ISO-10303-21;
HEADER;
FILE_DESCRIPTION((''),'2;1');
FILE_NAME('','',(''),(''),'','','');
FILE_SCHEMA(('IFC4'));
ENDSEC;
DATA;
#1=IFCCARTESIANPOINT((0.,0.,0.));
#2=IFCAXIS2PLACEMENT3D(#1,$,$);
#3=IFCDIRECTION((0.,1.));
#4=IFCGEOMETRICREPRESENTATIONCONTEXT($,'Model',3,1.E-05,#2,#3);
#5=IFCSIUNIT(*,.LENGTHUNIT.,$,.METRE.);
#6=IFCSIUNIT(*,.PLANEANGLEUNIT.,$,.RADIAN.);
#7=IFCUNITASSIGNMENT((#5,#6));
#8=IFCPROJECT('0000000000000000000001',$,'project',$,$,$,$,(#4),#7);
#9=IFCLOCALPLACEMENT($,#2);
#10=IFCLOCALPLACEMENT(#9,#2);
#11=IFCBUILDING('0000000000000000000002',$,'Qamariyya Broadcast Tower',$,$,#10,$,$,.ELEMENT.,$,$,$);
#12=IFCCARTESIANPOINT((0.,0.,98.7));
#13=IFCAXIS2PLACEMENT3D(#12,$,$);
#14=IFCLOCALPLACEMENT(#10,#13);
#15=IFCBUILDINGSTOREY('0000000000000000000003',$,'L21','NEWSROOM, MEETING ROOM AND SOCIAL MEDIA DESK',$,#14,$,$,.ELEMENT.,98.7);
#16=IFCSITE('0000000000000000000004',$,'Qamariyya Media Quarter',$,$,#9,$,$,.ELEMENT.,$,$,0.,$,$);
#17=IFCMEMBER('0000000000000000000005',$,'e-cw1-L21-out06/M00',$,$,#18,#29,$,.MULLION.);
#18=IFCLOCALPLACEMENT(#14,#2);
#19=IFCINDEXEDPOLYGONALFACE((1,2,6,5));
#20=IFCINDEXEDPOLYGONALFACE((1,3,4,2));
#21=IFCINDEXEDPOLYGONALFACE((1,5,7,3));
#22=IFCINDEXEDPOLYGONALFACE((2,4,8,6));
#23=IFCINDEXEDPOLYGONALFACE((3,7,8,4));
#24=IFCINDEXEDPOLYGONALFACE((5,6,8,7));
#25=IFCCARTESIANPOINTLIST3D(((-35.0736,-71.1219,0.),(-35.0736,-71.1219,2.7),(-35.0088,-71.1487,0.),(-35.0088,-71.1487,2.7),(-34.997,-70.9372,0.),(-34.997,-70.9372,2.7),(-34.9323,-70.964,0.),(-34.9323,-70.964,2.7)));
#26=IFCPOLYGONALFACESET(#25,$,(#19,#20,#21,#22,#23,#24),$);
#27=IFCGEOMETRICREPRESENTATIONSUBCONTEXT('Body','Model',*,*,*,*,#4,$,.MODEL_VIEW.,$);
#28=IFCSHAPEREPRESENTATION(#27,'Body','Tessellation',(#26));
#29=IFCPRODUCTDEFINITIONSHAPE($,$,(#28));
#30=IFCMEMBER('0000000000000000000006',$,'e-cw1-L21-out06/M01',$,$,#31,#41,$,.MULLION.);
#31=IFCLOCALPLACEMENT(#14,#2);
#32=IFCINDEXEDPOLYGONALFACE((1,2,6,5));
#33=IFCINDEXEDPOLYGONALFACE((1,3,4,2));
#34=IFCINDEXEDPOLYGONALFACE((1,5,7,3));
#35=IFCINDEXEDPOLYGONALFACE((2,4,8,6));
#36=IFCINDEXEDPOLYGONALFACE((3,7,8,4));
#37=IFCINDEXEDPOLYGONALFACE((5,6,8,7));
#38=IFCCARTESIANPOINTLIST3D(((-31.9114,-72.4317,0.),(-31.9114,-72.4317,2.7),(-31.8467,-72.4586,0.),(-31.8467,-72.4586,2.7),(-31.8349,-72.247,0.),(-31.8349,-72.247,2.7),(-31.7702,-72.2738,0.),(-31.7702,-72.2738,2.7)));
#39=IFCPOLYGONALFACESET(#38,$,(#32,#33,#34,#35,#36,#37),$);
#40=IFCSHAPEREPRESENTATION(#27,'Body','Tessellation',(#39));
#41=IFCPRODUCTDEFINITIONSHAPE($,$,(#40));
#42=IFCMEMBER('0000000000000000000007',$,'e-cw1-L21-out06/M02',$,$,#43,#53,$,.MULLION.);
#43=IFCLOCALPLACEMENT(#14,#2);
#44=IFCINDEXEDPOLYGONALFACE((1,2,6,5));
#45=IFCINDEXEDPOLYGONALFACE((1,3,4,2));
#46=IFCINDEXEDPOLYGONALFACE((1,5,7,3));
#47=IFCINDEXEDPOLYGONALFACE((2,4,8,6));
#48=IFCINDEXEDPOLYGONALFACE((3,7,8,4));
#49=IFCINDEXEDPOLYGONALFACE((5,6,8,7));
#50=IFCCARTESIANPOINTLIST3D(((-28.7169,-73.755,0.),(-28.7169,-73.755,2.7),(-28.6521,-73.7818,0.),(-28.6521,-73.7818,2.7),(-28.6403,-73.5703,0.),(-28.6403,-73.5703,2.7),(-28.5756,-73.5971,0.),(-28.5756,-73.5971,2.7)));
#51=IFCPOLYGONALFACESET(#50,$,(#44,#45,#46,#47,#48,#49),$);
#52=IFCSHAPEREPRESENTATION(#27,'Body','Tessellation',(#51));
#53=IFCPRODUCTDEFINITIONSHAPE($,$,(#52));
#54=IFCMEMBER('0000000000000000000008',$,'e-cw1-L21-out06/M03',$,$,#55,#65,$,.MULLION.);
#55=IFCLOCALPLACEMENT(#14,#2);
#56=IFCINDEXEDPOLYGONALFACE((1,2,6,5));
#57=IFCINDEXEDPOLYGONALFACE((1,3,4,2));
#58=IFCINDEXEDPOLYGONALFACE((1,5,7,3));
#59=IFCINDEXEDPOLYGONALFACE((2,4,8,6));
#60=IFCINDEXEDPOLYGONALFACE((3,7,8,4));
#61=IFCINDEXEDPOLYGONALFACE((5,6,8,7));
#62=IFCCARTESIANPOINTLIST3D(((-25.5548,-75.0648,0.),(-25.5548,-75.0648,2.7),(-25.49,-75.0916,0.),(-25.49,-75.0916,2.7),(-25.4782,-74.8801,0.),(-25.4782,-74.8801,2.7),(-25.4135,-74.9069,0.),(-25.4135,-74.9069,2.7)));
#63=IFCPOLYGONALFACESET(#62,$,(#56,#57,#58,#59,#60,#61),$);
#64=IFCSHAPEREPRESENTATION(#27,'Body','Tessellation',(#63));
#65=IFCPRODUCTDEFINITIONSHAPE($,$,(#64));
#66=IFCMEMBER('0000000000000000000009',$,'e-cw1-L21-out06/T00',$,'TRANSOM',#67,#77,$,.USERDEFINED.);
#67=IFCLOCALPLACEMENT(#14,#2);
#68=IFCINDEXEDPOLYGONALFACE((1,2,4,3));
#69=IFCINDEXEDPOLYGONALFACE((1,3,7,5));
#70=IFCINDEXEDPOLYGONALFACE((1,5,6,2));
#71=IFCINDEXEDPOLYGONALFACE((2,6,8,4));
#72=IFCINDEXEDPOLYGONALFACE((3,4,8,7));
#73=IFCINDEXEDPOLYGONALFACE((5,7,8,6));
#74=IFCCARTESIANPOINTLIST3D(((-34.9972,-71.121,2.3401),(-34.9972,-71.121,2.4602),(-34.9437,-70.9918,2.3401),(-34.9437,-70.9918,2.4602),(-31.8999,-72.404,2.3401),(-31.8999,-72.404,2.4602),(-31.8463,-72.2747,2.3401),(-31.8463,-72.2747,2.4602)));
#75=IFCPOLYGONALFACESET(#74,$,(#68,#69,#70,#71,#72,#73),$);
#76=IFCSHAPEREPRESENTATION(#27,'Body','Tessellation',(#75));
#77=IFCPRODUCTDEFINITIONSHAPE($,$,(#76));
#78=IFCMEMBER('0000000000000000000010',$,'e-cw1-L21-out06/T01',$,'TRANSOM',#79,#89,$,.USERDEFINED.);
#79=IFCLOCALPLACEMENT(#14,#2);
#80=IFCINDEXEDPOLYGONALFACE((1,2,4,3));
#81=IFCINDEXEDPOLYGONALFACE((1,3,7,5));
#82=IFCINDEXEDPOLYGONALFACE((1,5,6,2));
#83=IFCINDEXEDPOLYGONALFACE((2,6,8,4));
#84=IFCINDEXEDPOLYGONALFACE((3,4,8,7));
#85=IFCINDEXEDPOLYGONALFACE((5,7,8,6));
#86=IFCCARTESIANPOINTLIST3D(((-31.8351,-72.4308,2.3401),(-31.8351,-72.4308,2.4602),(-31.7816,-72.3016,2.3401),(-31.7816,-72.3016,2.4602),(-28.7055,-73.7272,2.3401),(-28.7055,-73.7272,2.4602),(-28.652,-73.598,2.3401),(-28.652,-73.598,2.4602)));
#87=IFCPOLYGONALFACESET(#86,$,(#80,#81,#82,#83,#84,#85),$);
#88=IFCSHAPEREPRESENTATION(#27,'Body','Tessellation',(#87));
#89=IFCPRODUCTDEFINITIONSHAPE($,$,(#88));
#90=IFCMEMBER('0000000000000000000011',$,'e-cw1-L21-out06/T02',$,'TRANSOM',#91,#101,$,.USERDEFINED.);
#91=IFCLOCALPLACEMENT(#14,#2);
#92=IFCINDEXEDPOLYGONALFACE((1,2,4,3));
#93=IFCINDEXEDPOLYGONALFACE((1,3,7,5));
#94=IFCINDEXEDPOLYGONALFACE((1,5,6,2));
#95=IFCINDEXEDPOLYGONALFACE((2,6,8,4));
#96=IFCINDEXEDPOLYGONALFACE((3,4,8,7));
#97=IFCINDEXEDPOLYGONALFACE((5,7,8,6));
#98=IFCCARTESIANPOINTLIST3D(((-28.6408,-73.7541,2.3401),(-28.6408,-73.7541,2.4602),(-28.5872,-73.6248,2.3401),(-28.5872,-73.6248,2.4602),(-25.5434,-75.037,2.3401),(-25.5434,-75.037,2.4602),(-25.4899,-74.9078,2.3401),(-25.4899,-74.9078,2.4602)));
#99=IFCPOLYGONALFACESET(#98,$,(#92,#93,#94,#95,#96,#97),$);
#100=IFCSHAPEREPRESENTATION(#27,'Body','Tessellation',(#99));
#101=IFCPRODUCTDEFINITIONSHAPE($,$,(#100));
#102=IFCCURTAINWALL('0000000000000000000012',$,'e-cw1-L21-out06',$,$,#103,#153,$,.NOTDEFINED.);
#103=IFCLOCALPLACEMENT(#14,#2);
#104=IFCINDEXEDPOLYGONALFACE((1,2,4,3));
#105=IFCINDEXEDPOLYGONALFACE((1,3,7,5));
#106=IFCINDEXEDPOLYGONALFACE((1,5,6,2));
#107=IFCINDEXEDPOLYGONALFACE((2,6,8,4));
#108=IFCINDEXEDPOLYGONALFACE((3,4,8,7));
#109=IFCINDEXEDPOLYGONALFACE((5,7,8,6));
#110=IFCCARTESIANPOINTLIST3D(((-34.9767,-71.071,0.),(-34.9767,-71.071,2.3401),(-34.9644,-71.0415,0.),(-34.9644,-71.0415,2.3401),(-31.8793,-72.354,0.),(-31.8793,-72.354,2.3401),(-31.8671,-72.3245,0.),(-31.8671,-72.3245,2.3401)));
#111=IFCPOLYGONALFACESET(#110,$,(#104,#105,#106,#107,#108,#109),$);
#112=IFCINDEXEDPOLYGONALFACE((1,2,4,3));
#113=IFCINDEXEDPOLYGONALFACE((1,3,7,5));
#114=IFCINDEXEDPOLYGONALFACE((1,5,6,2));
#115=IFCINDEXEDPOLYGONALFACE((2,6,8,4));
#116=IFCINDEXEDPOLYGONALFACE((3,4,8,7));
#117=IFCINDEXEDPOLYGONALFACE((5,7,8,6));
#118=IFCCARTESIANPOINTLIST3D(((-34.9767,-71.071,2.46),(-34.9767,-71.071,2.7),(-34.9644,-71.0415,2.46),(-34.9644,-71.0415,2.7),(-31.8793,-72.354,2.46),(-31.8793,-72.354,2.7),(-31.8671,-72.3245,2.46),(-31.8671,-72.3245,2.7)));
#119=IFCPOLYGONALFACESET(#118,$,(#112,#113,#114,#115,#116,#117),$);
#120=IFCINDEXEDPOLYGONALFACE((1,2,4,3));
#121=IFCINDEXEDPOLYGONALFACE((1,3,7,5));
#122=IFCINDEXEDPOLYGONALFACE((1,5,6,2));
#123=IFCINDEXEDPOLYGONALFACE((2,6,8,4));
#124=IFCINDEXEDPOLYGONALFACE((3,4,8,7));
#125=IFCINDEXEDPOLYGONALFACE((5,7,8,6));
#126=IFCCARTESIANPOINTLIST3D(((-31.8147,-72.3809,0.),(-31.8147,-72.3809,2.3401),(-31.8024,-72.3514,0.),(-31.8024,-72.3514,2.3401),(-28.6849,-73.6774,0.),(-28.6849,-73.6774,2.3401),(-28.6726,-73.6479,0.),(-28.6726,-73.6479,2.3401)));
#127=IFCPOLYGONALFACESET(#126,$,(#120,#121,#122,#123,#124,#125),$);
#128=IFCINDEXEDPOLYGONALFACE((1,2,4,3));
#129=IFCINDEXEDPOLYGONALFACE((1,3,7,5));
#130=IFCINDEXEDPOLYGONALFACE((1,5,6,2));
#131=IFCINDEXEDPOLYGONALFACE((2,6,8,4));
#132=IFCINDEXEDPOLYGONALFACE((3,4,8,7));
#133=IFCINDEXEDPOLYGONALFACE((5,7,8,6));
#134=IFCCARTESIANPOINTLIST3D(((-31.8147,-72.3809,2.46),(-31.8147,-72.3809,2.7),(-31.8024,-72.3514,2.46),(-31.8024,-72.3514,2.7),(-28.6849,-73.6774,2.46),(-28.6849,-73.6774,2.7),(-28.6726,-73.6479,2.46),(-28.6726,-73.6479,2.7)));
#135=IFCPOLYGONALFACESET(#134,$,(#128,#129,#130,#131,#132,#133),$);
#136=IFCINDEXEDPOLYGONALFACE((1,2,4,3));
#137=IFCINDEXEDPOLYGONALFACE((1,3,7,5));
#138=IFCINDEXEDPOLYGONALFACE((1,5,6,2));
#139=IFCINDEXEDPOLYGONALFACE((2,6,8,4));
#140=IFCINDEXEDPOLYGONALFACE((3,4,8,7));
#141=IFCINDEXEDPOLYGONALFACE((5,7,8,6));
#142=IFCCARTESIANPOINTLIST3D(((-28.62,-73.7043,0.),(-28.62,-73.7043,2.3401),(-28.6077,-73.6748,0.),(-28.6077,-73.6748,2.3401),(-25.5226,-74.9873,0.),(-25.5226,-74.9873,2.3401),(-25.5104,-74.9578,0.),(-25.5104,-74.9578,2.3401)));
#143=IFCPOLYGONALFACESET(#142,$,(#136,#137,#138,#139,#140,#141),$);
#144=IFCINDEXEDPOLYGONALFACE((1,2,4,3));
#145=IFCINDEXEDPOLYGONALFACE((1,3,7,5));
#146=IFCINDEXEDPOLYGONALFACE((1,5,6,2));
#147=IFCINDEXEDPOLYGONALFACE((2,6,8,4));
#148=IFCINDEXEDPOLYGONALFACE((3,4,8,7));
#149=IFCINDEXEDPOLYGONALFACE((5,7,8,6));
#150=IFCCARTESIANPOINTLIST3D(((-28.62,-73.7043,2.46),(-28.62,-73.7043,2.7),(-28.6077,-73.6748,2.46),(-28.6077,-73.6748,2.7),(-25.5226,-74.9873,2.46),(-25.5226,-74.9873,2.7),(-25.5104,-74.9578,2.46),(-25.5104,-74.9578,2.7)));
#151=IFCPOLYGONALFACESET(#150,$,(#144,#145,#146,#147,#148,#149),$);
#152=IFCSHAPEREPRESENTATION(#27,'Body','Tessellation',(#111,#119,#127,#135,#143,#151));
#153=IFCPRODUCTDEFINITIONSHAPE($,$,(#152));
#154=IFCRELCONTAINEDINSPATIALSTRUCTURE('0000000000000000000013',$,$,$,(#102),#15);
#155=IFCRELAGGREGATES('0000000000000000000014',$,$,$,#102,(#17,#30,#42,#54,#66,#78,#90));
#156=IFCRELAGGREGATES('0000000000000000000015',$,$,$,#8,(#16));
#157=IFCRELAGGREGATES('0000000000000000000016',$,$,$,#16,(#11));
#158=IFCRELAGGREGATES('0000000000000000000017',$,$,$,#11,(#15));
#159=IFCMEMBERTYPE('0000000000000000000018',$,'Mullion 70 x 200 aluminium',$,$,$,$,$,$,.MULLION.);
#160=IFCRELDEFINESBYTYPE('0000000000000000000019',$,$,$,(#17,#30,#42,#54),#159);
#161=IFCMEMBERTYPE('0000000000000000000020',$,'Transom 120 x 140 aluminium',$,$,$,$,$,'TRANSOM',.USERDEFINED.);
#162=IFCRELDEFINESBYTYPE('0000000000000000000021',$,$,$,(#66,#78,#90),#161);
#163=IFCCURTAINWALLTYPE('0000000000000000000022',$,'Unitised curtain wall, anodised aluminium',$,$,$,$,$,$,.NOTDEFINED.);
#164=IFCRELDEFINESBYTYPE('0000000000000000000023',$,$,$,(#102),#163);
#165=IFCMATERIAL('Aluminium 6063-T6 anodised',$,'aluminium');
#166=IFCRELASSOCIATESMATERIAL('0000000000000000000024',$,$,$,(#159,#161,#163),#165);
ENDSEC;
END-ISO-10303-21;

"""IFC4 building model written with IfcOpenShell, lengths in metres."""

from ifc_helpers import new_model, si_unit, direction, frame, origin, origin_2d, place, context, subcontext, project, spatial, rectangle, extrude, material, material_profile, profile_set, type_object, element, aggregate, save


model = new_model("IFC4")

# Units and contexts
model_context = context("Model", 3, precision=1e-05, world=origin(), true_north=direction((0.0, 1.0)))
body_context = subcontext(model_context, "Body", "Model", "MODEL_VIEW")
ifc_project = project(units=[si_unit("LENGTHUNIT", "METRE"), si_unit("PLANEANGLEUNIT", "RADIAN")], contexts=[model_context])

# Members
ifc_material = material(Name="Aluminium 6063-T6 anodised", Category="aluminium")
ifc_material_profile_1 = material_profile(ifc_material, rectangle(XDim=0.2, YDim=0.0701, at=origin_2d()))
ifc_profile_set_1 = profile_set([ifc_material_profile_1], Name="Aluminium 6063-T6 anodised")
member_type_1 = type_object("IfcMemberType", Name="Mullion 70 x 200 aluminium", PredefinedType="MULLION", material=ifc_profile_set_1)
site_placement = place(None, origin())
building_placement = place(site_placement, origin())
storey_placement = place(building_placement, frame((0.0, 0.0, 98.7)))
member_1_placement = place(storey_placement, frame((-35.0029, -71.043, 0.0), z_axis=(0.0, 0.0, 1.0), x_axis=(0.382683, 0.92388, 0.0)))
member_1 = element("IfcMember", 1, at=member_1_placement, type_object=member_type_1, Name="e-cw1-L21-out06/M00", PredefinedType="MULLION", context=body_context, shape_type="SweptSolid", body=[
    extrude(rectangle(XDim=0.2, YDim=0.0701, at=origin_2d()), origin(), (0.0, 0.0, 1.0), 2.7),
])
member_2_placement = place(storey_placement, frame((-31.8408, -72.3528, 0.0), z_axis=(0.0, 0.0, 1.0), x_axis=(0.382683, 0.92388, 0.0)))
member_2 = element("IfcMember", 2, at=member_2_placement, type_object=member_type_1, Name="e-cw1-L21-out06/M01", PredefinedType="MULLION", context=body_context, shape_type="SweptSolid", body=[
    extrude(rectangle(XDim=0.2, YDim=0.0701, at=origin_2d()), origin(), (0.0, 0.0, 1.0), 2.7),
])
member_3_placement = place(storey_placement, frame((-28.6462, -73.676, 0.0), z_axis=(0.0, 0.0, 1.0), x_axis=(0.382683, 0.92388, 0.0)))
member_3 = element("IfcMember", 3, at=member_3_placement, type_object=member_type_1, Name="e-cw1-L21-out06/M02", PredefinedType="MULLION", context=body_context, shape_type="SweptSolid", body=[
    extrude(rectangle(XDim=0.2, YDim=0.0701, at=origin_2d()), origin(), (0.0, 0.0, 1.0), 2.7),
])
member_4_placement = place(storey_placement, frame((-25.4841, -74.9858, 0.0), z_axis=(0.0, 0.0, 1.0), x_axis=(0.382683, 0.92388, 0.0)))
member_4 = element("IfcMember", 4, at=member_4_placement, type_object=member_type_1, Name="e-cw1-L21-out06/M03", PredefinedType="MULLION", context=body_context, shape_type="SweptSolid", body=[
    extrude(rectangle(XDim=0.2, YDim=0.0701, at=origin_2d()), origin(), (0.0, 0.0, 1.0), 2.7),
])
ifc_material_profile_2 = material_profile(ifc_material, rectangle(XDim=0.1399, YDim=0.1201, at=origin_2d()))
ifc_profile_set_2 = profile_set([ifc_material_profile_2], Name="Aluminium 6063-T6 anodised")
member_type_2 = type_object("IfcMemberType", Name="Transom 120 x 140 aluminium", ElementType="TRANSOM", PredefinedType="USERDEFINED", material=ifc_profile_set_2)
member_5_placement = place(storey_placement, frame((-34.9705, -71.0564, 2.4001), z_axis=(0.923883, -0.382676, 0.0), x_axis=(0.382676, 0.923883, 0.0)))
member_5 = element("IfcMember", 5, at=member_5_placement, type_object=member_type_2, Name="e-cw1-L21-out06/T00", ObjectType="TRANSOM", PredefinedType="USERDEFINED", context=body_context, shape_type="SweptSolid", body=[
    extrude(rectangle(XDim=0.1399, YDim=0.1201, at=origin_2d()), origin(), (0.0, 0.0, 1.0), 3.3525),
])
member_6_placement = place(storey_placement, frame((-31.8083, -72.3662, 2.4001), z_axis=(0.923875, -0.382696, 0.0), x_axis=(0.382696, 0.923875, 0.0)))
member_6 = element("IfcMember", 6, at=member_6_placement, type_object=member_type_2, Name="e-cw1-L21-out06/T01", ObjectType="TRANSOM", PredefinedType="USERDEFINED", context=body_context, shape_type="SweptSolid", body=[
    extrude(rectangle(XDim=0.1399, YDim=0.1201, at=origin_2d()), origin(), (0.0, 0.0, 1.0), 3.3875),
])
member_7_placement = place(storey_placement, frame((-28.614, -73.6895, 2.4001), z_axis=(0.923883, -0.382676, 0.0), x_axis=(0.382676, 0.923883, 0.0)))
member_7 = element("IfcMember", 7, at=member_7_placement, type_object=member_type_2, Name="e-cw1-L21-out06/T02", ObjectType="TRANSOM", PredefinedType="USERDEFINED", context=body_context, shape_type="SweptSolid", body=[
    extrude(rectangle(XDim=0.1399, YDim=0.1201, at=origin_2d()), origin(), (0.0, 0.0, 1.0), 3.3525),
])

# Site, building, storey
site = spatial("IfcSite", under=ifc_project, at=site_placement, Name="Qamariyya Media Quarter", CompositionType="ELEMENT", RefElevation=0.0)
building = spatial("IfcBuilding", under=site, at=building_placement, Name="Qamariyya Broadcast Tower", CompositionType="ELEMENT")
storey = spatial("IfcBuildingStorey", under=building, at=storey_placement, Name="L21", Description="NEWSROOM, MEETING ROOM AND SOCIAL MEDIA DESK", CompositionType="ELEMENT", Elevation=98.7)

# Curtain wall
curtain_wall_type = type_object("IfcCurtainWallType", Name="Unitised curtain wall, anodised aluminium", PredefinedType="NOTDEFINED", material=ifc_material)
curtain_wall_1_placement = place(storey_placement, origin())
curtain_wall_1 = element("IfcCurtainWall", 8, at=curtain_wall_1_placement, inside=storey, type_object=curtain_wall_type, Name="e-cw1-L21-out06", PredefinedType="NOTDEFINED", context=body_context, shape_type="SweptSolid", body=[
    extrude(rectangle(XDim=3.3525, YDim=0.032, at=origin_2d()), frame((-33.4219, -71.6978, 0.0), x_axis=(0.923872, -0.382701, 0.0)), (0.0, 0.0, 1.0), 2.3401),
    extrude(rectangle(XDim=3.3525, YDim=0.032, at=origin_2d()), frame((-33.4219, -71.6978, 2.46), x_axis=(0.923872, -0.382701, 0.0)), (0.0, 0.0, 1.0), 0.24),
    extrude(rectangle(XDim=3.3877, YDim=0.032, at=origin_2d()), frame((-30.2437, -73.0144, 0.0), x_axis=(0.923872, -0.382701, 0.0)), (0.0, 0.0, 1.0), 2.3401),
    extrude(rectangle(XDim=3.3877, YDim=0.032, at=origin_2d()), frame((-30.2437, -73.0144, 2.46), x_axis=(0.923872, -0.382701, 0.0)), (0.0, 0.0, 1.0), 0.24),
    extrude(rectangle(XDim=3.3525, YDim=0.032, at=origin_2d()), frame((-27.0652, -74.3311, 0.0), x_axis=(0.923872, -0.382701, 0.0)), (0.0, 0.0, 1.0), 2.3401),
    extrude(rectangle(XDim=3.3525, YDim=0.032, at=origin_2d()), frame((-27.0652, -74.3311, 2.46), x_axis=(0.923872, -0.382701, 0.0)), (0.0, 0.0, 1.0), 0.24),
])
aggregate(curtain_wall_1, [member_1, member_2, member_3, member_4, member_5, member_6, member_7])

save(model, "model.ifc")
